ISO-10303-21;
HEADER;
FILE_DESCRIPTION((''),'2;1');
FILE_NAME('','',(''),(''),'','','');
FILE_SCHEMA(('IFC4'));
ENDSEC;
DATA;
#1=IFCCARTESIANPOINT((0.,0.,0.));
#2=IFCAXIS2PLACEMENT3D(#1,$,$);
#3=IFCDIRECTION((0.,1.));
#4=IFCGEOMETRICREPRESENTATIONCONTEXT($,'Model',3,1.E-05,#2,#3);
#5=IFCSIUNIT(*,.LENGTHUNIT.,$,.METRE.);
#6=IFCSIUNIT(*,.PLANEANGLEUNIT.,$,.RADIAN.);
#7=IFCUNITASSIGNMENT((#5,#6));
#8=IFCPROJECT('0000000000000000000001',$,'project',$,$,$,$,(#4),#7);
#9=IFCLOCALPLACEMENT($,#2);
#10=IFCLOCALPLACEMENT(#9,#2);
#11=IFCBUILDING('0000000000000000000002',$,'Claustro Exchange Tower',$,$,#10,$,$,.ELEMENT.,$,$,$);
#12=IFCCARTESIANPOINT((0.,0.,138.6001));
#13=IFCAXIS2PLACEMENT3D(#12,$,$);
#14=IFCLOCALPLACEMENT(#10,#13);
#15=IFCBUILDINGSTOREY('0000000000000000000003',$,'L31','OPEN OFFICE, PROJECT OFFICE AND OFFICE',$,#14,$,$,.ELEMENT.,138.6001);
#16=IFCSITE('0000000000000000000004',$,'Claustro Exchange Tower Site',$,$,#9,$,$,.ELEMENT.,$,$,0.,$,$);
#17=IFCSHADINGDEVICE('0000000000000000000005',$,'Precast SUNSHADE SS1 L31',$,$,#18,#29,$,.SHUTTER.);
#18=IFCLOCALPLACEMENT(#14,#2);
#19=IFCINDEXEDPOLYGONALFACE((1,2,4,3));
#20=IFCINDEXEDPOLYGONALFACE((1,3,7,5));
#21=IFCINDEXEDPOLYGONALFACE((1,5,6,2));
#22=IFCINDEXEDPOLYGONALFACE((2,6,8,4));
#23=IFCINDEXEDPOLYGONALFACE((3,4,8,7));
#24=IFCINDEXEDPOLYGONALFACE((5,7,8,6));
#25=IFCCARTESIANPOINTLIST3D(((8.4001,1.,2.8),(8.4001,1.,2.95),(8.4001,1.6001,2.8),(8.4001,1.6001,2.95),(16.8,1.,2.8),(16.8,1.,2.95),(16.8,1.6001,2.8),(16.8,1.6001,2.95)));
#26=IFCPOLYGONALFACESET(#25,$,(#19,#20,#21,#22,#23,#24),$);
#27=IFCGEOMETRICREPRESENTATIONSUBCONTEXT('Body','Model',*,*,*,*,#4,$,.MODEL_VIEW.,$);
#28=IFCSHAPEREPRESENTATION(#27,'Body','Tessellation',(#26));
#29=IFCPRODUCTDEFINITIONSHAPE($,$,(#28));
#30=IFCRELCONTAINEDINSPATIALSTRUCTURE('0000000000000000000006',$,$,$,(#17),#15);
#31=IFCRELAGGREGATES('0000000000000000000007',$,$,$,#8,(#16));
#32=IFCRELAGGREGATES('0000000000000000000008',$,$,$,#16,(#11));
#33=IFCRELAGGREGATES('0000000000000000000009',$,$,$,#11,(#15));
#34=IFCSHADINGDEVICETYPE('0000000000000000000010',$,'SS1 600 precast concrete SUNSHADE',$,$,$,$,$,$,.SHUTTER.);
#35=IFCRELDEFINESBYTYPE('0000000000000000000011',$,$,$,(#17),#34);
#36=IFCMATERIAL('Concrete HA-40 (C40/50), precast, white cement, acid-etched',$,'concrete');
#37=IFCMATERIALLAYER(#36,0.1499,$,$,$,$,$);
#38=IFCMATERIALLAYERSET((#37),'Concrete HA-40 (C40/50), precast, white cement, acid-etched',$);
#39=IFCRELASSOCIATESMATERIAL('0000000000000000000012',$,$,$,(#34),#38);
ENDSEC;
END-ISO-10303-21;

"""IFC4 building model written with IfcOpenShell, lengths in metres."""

from ifc_helpers import new_model, si_unit, direction, frame, origin, origin_2d, place, context, subcontext, project, spatial, rectangle, extrude, material, layer, layer_set, type_object, element, save


model = new_model("IFC4")

# Units and contexts
model_context = context("Model", 3, precision=1e-05, world=origin(), true_north=direction((0.0, 1.0)))
body_context = subcontext(model_context, "Body", "Model", "MODEL_VIEW")
ifc_project = project(units=[si_unit("LENGTHUNIT", "METRE"), si_unit("PLANEANGLEUNIT", "RADIAN")], contexts=[model_context])

# Site, building, storey
site_placement = place(None, origin())
site = spatial("IfcSite", under=ifc_project, at=site_placement, Name="Claustro Exchange Tower Site", CompositionType="ELEMENT", RefElevation=0.0)
building_placement = place(site_placement, origin())
building = spatial("IfcBuilding", under=site, at=building_placement, Name="Claustro Exchange Tower", CompositionType="ELEMENT")
storey_placement = place(building_placement, frame((0.0, 0.0, 138.6001)))
storey = spatial("IfcBuildingStorey", under=building, at=storey_placement, Name="L31", Description="OPEN OFFICE, PROJECT OFFICE AND OFFICE", CompositionType="ELEMENT", Elevation=138.6001)

# Shading device
ifc_material_1 = material(Name="Concrete HA-40 (C40/50), precast, white cement, acid-etched", Category="concrete")
ifc_layer_1 = layer(ifc_material_1, 0.1499)
ifc_layer_set_1 = layer_set([ifc_layer_1], Name="Concrete HA-40 (C40/50), precast, white cement, acid-etched")
shading_device_type = type_object("IfcShadingDeviceType", Name="SS1 600 precast concrete SUNSHADE", PredefinedType="SHUTTER", material=ifc_layer_set_1)
shading_device_placement = place(storey_placement, frame((12.6001, 1.3, 2.8), z_axis=(0.0, 0.0, 1.0), x_axis=(-1.0, 0.0, 0.0)))
element("IfcShadingDevice", 1, at=shading_device_placement, inside=storey, type_object=shading_device_type, Name="Precast SUNSHADE SS1 L31", PredefinedType="SHUTTER", context=body_context, shape_type="SweptSolid", body=[
    extrude(rectangle(XDim=8.3999, YDim=0.6001, at=origin_2d()), origin(), (0.0, 0.0, 1.0), 0.1499),
])

save(model, "model.ifc")
